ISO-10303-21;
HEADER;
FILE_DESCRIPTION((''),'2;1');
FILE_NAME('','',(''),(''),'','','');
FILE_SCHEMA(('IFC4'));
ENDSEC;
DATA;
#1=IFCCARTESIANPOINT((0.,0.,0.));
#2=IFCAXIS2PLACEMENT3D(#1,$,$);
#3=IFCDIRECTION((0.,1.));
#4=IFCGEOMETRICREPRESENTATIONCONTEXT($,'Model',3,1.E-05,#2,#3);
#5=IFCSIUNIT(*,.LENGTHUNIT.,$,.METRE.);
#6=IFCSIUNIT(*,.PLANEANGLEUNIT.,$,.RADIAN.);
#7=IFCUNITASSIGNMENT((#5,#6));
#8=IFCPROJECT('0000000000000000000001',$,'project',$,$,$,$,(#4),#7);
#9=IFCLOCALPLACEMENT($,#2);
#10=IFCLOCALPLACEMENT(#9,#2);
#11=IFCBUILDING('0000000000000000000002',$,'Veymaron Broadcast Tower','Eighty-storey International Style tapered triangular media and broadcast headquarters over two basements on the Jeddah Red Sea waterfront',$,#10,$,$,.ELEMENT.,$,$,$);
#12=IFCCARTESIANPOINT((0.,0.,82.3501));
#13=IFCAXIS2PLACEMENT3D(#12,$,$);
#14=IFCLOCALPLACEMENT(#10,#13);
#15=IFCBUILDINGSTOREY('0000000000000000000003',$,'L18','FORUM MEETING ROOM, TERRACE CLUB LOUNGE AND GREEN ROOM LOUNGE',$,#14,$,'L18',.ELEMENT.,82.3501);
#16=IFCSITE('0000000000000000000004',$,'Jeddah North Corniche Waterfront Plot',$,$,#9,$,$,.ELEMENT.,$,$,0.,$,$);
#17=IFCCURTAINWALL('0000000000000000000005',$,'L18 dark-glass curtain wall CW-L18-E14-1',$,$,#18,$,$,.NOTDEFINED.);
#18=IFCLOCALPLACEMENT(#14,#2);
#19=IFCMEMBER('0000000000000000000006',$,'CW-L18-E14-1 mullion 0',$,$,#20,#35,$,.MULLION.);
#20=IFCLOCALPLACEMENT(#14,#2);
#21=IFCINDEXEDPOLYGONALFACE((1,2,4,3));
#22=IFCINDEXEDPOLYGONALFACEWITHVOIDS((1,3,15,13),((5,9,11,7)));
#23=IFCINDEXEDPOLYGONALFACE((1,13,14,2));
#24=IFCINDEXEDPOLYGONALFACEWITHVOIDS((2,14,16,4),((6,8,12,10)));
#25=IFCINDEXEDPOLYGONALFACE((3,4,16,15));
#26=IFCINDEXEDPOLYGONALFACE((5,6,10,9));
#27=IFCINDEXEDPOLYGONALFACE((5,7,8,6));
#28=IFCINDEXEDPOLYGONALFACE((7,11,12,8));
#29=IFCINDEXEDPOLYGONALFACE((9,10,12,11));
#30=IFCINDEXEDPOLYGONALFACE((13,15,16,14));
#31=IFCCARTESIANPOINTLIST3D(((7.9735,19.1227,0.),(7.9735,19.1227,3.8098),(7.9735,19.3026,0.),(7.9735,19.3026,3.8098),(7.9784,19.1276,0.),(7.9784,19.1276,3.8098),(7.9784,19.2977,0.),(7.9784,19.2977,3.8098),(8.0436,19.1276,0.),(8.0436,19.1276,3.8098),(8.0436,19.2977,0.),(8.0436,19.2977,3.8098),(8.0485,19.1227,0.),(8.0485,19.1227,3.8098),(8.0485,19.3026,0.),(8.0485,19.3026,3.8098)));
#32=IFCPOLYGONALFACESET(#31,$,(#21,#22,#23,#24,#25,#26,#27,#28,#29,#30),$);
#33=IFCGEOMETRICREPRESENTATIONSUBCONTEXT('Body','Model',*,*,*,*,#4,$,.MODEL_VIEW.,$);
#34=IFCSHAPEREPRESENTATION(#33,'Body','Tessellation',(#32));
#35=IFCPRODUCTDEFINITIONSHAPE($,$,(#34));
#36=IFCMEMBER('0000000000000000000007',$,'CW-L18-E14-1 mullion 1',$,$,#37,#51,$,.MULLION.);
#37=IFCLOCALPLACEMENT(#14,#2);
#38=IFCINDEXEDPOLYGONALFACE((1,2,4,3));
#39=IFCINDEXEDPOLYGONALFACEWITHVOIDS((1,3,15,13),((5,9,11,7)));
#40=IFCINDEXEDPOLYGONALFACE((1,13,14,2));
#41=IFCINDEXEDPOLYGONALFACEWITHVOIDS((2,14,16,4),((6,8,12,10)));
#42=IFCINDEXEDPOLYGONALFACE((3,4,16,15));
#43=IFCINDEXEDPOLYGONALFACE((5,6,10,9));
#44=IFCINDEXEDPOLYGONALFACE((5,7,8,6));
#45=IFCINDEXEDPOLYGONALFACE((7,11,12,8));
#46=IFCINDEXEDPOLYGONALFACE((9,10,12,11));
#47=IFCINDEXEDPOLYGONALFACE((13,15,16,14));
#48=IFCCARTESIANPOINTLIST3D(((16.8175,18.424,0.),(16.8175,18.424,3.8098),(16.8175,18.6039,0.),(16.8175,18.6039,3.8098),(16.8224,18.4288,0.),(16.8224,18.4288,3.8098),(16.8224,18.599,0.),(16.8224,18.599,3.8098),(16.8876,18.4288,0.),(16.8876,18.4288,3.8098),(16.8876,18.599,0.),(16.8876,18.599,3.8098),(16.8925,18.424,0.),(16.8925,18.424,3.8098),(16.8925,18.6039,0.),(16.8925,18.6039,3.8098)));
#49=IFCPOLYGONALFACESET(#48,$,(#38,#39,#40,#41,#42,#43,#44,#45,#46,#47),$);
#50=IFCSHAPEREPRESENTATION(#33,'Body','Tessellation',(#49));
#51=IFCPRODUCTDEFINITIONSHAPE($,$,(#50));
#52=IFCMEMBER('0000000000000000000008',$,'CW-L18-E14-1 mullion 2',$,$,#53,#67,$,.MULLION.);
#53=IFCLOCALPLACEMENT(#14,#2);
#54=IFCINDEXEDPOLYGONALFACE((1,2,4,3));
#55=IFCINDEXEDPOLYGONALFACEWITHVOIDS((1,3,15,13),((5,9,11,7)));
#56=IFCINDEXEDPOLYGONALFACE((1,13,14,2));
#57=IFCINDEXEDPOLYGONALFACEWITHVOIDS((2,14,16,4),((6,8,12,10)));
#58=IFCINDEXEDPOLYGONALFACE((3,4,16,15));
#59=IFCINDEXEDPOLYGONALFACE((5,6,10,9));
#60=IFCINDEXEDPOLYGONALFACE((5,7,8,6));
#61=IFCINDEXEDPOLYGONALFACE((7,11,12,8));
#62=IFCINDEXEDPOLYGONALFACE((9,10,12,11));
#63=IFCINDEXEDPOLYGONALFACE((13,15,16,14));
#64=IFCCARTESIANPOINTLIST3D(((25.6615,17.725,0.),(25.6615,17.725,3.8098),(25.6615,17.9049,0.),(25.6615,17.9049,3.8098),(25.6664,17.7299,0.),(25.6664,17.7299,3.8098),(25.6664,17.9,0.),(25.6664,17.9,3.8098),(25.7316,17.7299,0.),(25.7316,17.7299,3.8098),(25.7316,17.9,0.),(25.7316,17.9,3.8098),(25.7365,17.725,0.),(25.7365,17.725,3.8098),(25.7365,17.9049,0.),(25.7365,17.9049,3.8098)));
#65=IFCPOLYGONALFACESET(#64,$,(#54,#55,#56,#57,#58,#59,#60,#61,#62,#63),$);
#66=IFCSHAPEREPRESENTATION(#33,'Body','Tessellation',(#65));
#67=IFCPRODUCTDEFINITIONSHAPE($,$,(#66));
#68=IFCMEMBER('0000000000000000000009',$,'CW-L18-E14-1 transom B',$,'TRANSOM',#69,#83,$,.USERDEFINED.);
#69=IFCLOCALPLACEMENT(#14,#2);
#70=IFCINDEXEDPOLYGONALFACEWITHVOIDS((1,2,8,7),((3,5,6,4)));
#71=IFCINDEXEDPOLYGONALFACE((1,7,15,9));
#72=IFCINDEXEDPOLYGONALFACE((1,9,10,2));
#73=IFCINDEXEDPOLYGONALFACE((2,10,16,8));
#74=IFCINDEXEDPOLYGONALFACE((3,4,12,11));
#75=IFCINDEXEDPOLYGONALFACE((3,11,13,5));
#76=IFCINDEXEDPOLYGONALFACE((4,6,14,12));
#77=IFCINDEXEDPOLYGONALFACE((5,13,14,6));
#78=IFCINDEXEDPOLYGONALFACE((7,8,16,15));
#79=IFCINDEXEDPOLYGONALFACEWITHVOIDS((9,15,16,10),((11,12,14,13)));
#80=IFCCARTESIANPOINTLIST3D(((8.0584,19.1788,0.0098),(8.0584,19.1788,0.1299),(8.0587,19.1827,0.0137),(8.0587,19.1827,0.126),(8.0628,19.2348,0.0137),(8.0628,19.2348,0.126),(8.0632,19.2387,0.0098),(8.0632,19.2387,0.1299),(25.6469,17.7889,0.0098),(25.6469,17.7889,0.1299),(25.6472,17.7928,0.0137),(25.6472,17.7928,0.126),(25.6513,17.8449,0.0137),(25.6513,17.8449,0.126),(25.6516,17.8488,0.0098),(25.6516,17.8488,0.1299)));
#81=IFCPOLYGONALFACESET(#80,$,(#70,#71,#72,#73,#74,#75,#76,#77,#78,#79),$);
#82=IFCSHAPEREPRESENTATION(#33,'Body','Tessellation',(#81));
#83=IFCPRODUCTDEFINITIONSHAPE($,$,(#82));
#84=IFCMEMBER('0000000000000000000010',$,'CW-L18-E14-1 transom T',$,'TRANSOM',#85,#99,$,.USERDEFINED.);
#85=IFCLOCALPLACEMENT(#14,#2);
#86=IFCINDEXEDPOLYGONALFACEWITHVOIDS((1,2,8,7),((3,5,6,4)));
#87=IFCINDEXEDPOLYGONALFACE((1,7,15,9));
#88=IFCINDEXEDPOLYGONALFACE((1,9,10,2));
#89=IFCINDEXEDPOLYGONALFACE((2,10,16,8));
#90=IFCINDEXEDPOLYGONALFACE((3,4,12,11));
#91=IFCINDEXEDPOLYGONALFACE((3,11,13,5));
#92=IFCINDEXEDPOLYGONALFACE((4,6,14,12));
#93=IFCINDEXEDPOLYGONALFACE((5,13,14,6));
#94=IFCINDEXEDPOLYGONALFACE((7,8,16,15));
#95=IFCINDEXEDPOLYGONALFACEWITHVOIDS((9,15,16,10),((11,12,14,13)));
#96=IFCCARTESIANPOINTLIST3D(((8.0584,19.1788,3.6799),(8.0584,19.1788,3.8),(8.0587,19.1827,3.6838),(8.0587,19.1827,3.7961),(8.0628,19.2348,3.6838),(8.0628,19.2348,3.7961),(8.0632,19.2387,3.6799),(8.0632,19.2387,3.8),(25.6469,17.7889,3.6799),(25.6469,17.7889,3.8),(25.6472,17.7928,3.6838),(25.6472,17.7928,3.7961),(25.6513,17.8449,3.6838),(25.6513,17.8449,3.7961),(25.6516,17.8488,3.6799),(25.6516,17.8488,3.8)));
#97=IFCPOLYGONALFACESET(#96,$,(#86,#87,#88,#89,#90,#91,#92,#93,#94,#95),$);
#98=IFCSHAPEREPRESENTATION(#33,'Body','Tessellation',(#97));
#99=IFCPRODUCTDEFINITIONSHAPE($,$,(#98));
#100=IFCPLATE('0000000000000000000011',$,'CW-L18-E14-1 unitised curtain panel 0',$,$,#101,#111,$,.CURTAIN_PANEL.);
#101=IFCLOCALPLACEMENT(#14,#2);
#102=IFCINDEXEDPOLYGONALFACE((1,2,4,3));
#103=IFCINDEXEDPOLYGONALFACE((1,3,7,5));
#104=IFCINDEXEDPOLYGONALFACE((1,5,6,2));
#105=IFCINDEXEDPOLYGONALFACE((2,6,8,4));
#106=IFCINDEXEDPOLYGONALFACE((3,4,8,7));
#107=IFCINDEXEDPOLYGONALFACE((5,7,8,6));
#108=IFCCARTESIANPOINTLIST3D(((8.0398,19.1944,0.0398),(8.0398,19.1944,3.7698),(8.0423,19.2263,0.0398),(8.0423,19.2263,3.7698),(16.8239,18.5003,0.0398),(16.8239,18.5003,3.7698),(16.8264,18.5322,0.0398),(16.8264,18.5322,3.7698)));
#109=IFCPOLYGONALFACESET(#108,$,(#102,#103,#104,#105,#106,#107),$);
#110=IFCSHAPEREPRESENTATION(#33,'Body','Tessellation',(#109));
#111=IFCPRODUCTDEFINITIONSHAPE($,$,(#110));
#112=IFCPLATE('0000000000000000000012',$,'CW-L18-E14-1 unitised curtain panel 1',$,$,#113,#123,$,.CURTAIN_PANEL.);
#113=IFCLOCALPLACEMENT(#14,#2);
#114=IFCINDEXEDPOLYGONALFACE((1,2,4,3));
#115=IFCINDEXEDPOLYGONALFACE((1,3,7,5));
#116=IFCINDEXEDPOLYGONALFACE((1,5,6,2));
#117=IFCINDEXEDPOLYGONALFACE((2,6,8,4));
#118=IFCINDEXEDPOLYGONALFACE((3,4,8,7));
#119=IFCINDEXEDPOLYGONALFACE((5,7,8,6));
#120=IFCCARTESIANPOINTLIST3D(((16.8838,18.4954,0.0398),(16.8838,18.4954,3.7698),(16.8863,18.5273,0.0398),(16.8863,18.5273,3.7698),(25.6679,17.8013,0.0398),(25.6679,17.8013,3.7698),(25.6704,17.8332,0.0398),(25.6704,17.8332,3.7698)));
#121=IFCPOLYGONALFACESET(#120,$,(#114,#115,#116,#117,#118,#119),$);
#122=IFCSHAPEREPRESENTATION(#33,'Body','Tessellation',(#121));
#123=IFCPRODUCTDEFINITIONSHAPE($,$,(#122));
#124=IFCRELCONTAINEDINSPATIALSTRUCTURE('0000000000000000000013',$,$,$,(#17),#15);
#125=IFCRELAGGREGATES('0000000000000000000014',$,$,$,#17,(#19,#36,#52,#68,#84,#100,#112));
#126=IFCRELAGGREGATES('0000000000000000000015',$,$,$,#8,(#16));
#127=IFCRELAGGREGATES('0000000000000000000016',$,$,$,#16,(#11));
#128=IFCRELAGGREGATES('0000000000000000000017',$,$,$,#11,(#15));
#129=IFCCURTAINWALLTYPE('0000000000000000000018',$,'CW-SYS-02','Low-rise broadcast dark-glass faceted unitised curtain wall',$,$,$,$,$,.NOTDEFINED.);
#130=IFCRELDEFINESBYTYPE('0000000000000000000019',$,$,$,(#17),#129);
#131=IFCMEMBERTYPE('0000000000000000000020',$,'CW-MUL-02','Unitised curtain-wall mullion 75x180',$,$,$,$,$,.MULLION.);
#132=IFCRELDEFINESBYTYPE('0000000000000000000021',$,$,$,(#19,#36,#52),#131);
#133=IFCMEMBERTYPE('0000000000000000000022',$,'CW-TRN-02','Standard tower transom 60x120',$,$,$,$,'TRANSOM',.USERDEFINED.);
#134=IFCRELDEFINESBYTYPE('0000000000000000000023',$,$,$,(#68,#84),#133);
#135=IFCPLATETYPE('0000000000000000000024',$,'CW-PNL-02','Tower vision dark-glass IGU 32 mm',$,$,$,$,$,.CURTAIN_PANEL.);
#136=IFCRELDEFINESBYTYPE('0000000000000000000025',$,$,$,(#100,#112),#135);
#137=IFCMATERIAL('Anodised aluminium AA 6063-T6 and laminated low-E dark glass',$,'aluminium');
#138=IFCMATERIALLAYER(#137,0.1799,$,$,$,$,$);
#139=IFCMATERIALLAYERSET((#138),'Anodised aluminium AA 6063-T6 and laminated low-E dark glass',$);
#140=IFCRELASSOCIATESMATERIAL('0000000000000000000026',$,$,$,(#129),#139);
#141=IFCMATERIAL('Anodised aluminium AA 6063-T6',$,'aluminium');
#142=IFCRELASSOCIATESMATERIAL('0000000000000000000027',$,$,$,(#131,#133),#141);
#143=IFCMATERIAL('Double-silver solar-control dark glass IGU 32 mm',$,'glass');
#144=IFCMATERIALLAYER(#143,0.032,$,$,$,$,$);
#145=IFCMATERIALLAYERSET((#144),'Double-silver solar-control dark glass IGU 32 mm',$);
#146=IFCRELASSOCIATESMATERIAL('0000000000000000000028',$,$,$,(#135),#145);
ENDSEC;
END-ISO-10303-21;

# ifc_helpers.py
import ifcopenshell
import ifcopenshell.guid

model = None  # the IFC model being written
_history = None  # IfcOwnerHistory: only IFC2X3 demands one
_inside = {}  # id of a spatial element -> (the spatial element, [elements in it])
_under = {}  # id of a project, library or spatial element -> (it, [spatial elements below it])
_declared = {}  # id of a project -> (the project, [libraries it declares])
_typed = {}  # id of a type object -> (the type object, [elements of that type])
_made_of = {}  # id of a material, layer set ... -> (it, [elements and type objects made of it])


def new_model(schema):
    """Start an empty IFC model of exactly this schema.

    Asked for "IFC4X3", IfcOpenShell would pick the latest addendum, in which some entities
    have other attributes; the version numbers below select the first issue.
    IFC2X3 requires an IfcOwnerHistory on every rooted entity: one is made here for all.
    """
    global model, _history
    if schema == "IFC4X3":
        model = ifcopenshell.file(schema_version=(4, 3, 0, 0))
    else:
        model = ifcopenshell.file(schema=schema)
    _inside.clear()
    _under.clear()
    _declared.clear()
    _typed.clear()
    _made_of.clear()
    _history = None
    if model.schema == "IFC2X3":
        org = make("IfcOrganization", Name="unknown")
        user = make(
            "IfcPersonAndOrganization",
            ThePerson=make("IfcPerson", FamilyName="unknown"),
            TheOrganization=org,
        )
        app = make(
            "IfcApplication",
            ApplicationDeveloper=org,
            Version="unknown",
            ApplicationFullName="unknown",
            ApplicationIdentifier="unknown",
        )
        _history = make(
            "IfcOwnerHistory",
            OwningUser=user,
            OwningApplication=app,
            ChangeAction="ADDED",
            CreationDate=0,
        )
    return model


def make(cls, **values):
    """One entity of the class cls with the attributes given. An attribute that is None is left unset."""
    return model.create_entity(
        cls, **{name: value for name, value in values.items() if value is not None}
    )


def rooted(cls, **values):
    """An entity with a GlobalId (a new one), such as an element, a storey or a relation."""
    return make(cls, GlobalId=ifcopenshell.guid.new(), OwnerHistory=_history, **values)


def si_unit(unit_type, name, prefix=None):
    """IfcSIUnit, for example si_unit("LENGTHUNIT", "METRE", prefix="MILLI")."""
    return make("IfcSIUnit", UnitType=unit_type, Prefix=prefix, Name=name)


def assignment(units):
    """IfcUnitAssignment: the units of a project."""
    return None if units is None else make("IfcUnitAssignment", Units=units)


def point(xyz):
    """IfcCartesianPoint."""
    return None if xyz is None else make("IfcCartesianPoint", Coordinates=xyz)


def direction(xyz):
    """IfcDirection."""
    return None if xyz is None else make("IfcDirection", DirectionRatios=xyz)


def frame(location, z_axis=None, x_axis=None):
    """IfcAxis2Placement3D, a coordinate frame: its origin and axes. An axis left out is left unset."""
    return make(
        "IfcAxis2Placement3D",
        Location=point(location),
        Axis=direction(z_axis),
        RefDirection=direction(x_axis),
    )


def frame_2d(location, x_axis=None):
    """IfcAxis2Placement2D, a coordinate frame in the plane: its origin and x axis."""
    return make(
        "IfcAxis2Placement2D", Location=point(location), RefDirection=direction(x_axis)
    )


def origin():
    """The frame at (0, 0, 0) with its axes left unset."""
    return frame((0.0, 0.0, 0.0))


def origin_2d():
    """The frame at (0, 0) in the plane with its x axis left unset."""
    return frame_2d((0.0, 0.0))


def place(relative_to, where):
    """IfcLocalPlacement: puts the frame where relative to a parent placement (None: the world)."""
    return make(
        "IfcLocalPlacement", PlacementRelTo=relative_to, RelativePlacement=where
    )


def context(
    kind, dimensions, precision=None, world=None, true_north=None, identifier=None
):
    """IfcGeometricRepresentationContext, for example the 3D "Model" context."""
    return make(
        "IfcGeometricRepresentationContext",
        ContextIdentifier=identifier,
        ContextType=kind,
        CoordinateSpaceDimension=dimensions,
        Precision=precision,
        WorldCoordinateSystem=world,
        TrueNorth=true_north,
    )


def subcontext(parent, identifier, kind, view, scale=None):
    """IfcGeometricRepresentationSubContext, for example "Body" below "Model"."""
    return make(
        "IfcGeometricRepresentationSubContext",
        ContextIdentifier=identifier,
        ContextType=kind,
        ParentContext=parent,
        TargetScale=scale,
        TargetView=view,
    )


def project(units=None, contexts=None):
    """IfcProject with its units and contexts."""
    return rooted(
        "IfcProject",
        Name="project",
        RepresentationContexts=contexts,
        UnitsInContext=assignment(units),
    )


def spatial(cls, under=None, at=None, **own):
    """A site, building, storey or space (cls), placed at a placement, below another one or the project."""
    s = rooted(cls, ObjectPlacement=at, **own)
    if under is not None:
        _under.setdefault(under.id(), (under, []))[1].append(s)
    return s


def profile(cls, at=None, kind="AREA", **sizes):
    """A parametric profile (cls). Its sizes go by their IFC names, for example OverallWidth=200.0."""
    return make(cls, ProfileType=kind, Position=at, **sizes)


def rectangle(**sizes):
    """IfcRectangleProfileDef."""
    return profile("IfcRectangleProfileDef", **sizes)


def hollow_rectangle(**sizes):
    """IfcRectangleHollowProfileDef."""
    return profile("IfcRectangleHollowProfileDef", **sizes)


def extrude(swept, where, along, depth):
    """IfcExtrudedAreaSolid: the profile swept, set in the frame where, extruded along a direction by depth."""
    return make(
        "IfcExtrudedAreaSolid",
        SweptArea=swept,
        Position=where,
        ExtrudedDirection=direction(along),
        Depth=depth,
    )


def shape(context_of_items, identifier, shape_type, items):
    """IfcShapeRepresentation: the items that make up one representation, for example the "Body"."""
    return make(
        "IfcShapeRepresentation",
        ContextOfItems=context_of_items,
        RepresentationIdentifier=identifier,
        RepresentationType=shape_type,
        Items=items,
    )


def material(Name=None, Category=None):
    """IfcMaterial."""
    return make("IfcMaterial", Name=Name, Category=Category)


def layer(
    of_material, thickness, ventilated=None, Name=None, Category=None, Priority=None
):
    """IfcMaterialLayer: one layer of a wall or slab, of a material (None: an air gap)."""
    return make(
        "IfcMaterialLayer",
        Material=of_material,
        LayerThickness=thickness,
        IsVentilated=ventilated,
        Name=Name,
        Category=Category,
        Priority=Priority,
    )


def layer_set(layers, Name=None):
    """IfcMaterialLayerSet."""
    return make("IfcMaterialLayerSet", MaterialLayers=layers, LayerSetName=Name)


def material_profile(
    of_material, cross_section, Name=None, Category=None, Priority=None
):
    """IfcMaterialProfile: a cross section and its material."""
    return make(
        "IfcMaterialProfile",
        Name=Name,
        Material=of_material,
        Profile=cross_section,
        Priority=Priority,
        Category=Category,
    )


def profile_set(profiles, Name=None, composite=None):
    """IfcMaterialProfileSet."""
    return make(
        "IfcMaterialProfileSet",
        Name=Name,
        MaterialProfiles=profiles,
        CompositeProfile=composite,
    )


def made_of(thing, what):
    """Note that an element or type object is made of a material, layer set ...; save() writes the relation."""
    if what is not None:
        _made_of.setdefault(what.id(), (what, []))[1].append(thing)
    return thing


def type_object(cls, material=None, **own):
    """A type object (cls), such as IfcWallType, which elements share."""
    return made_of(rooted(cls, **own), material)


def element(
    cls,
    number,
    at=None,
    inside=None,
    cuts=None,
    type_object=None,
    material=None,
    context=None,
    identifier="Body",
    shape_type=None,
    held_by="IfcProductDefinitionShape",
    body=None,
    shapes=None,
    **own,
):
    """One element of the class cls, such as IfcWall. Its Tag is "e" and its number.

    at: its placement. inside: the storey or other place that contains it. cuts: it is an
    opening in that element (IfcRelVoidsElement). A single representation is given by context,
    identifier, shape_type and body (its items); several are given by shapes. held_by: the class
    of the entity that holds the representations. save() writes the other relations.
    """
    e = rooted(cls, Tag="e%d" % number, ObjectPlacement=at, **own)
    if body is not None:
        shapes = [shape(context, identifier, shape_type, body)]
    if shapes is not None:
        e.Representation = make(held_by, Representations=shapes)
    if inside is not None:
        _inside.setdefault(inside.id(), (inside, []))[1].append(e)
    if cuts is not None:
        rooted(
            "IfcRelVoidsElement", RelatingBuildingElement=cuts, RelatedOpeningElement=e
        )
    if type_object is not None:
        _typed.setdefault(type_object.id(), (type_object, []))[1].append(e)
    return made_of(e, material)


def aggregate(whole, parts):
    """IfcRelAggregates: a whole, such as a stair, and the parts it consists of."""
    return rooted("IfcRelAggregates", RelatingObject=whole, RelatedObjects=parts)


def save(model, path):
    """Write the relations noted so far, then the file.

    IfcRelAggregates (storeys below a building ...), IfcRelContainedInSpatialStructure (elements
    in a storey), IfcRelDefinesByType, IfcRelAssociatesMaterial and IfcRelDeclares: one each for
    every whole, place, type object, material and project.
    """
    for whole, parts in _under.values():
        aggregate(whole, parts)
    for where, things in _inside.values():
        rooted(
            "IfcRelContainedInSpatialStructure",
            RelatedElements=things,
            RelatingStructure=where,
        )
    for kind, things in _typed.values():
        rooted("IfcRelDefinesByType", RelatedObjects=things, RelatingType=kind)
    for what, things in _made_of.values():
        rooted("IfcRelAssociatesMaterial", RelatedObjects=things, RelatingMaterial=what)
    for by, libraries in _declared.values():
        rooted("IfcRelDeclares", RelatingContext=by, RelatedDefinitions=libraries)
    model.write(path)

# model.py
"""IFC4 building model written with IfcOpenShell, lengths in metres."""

from ifc_helpers import new_model, si_unit, direction, frame, origin, origin_2d, place, context, subcontext, project, spatial, rectangle, hollow_rectangle, extrude, material, layer, layer_set, material_profile, profile_set, type_object, element, aggregate, save


model = new_model("IFC4")

# Units and contexts
model_context = context("Model", 3, precision=1e-05, world=origin(), true_north=direction((0.0, 1.0)))
body_context = subcontext(model_context, "Body", "Model", "MODEL_VIEW")
ifc_project = project(units=[si_unit("LENGTHUNIT", "METRE"), si_unit("PLANEANGLEUNIT", "RADIAN")], contexts=[model_context])

# Site, building, storey
site_placement = place(None, origin())
site = spatial("IfcSite", under=ifc_project, at=site_placement, Name="Jeddah North Corniche Waterfront Plot", CompositionType="ELEMENT", RefElevation=0.0)
building_placement = place(site_placement, origin())
building = spatial("IfcBuilding", under=site, at=building_placement, Name="Veymaron Broadcast Tower", Description="Eighty-storey International Style tapered triangular media and broadcast headquarters over two basements on the Jeddah Red Sea waterfront", CompositionType="ELEMENT")
storey_placement = place(building_placement, frame((0.0, 0.0, 82.3501)))
storey = spatial("IfcBuildingStorey", under=building, at=storey_placement, Name="L18", Description="FORUM MEETING ROOM, TERRACE CLUB LOUNGE AND GREEN ROOM LOUNGE", LongName="L18", CompositionType="ELEMENT", Elevation=82.3501)

# Curtain wall, members, plates
ifc_material_1 = material(Name="Anodised aluminium AA 6063-T6 and laminated low-E dark glass", Category="aluminium")
ifc_layer_1 = layer(ifc_material_1, 0.1799)
ifc_layer_set_1 = layer_set([ifc_layer_1], Name="Anodised aluminium AA 6063-T6 and laminated low-E dark glass")
curtain_wall_type = type_object("IfcCurtainWallType", Name="CW-SYS-02", Description="Low-rise broadcast dark-glass faceted unitised curtain wall", PredefinedType="NOTDEFINED", material=ifc_layer_set_1)
curtain_wall_placement = place(storey_placement, origin())
curtain_wall = element("IfcCurtainWall", 1, at=curtain_wall_placement, inside=storey, type_object=curtain_wall_type, Name="L18 dark-glass curtain wall CW-L18-E14-1", PredefinedType="NOTDEFINED")
ifc_material_2 = material(Name="Anodised aluminium AA 6063-T6", Category="aluminium")
ifc_material_profile_1 = material_profile(ifc_material_2, hollow_rectangle(XDim=0.075, YDim=0.1799, WallThickness=0.0049, at=origin_2d()), Name="AL180X75X5")
ifc_profile_set_1 = profile_set([ifc_material_profile_1], Name="Anodised aluminium AA 6063-T6")
member_type_1 = type_object("IfcMemberType", Name="CW-MUL-02", Description="Unitised curtain-wall mullion 75x180", PredefinedType="MULLION", material=ifc_profile_set_1)
member_1_placement = place(storey_placement, frame((8.011, 19.2126, 0.0), z_axis=(0.0, 0.0, 1.0), x_axis=(1.0, 0.0, 0.0)))
member_1 = element("IfcMember", 2, at=member_1_placement, type_object=member_type_1, Name="CW-L18-E14-1 mullion 0", PredefinedType="MULLION", context=body_context, shape_type="SweptSolid", body=[
    extrude(hollow_rectangle(XDim=0.075, YDim=0.1799, WallThickness=0.0049, at=origin_2d()), origin(), (0.0, 0.0, 1.0), 3.8098),
])
member_2_placement = place(storey_placement, frame((16.855, 18.5139, 0.0), z_axis=(0.0, 0.0, 1.0), x_axis=(1.0, 0.0, 0.0)))
member_2 = element("IfcMember", 3, at=member_2_placement, type_object=member_type_1, Name="CW-L18-E14-1 mullion 1", PredefinedType="MULLION", context=body_context, shape_type="SweptSolid", body=[
    extrude(hollow_rectangle(XDim=0.075, YDim=0.1799, WallThickness=0.0049, at=origin_2d()), origin(), (0.0, 0.0, 1.0), 3.8098),
])
member_3_placement = place(storey_placement, frame((25.699, 17.8149, 0.0), z_axis=(0.0, 0.0, 1.0), x_axis=(1.0, 0.0, 0.0)))
member_3 = element("IfcMember", 4, at=member_3_placement, type_object=member_type_1, Name="CW-L18-E14-1 mullion 2", PredefinedType="MULLION", context=body_context, shape_type="SweptSolid", body=[
    extrude(hollow_rectangle(XDim=0.075, YDim=0.1799, WallThickness=0.0049, at=origin_2d()), origin(), (0.0, 0.0, 1.0), 3.8098),
])
ifc_material_profile_2 = material_profile(ifc_material_2, hollow_rectangle(XDim=0.0601, YDim=0.1201, WallThickness=0.0039, at=origin_2d()), Name="AL120X60X4")
ifc_profile_set_2 = profile_set([ifc_material_profile_2], Name="Anodised aluminium AA 6063-T6")
member_type_2 = type_object("IfcMemberType", Name="CW-TRN-02", Description="Standard tower transom 60x120", ElementType="TRANSOM", PredefinedType="USERDEFINED", material=ifc_profile_set_2)
member_4_placement = place(storey_placement, frame((8.0608, 19.2087, 0.0698), z_axis=(0.996892, -0.078778, 0.0), x_axis=(0.078778, 0.996892, 0.0)))
member_4 = element("IfcMember", 5, at=member_4_placement, type_object=member_type_2, Name="CW-L18-E14-1 transom B", ObjectType="TRANSOM", PredefinedType="USERDEFINED", context=body_context, shape_type="SweptSolid", body=[
    extrude(hollow_rectangle(XDim=0.0601, YDim=0.1201, WallThickness=0.0039, at=origin_2d()), origin(), (0.0, 0.0, 1.0), 17.6433),
])
member_5_placement = place(storey_placement, frame((8.0608, 19.2087, 3.74), z_axis=(0.996892, -0.078778, 0.0), x_axis=(0.078778, 0.996892, 0.0)))
member_5 = element("IfcMember", 6, at=member_5_placement, type_object=member_type_2, Name="CW-L18-E14-1 transom T", ObjectType="TRANSOM", PredefinedType="USERDEFINED", context=body_context, shape_type="SweptSolid", body=[
    extrude(hollow_rectangle(XDim=0.0601, YDim=0.1201, WallThickness=0.0039, at=origin_2d()), origin(), (0.0, 0.0, 1.0), 17.6433),
])
ifc_material_3 = material(Name="Double-silver solar-control dark glass IGU 32 mm", Category="glass")
ifc_layer_2 = layer(ifc_material_3, 0.032)
ifc_layer_set_2 = layer_set([ifc_layer_2], Name="Double-silver solar-control dark glass IGU 32 mm")
plate_type = type_object("IfcPlateType", Name="CW-PNL-02", Description="Tower vision dark-glass IGU 32 mm", PredefinedType="CURTAIN_PANEL", material=ifc_layer_set_2)
plate_1_placement = place(storey_placement, frame((12.4331, 18.8633, 0.0398), z_axis=(0.0, 0.0, 1.0), x_axis=(0.996893, -0.078772, 0.0)))
plate_1 = element("IfcPlate", 7, at=plate_1_placement, type_object=plate_type, Name="CW-L18-E14-1 unitised curtain panel 0", PredefinedType="CURTAIN_PANEL", context=body_context, shape_type="SweptSolid", body=[
    extrude(rectangle(XDim=8.8115, YDim=0.032, at=origin_2d()), origin(), (0.0, 0.0, 1.0), 3.73),
])
plate_2_placement = place(storey_placement, frame((21.2771, 18.1643, 0.0398), z_axis=(0.0, 0.0, 1.0), x_axis=(0.996893, -0.078772, 0.0)))
plate_2 = element("IfcPlate", 8, at=plate_2_placement, type_object=plate_type, Name="CW-L18-E14-1 unitised curtain panel 1", PredefinedType="CURTAIN_PANEL", context=body_context, shape_type="SweptSolid", body=[
    extrude(rectangle(XDim=8.8115, YDim=0.032, at=origin_2d()), origin(), (0.0, 0.0, 1.0), 3.73),
])
aggregate(curtain_wall, [member_1, member_2, member_3, member_4, member_5, plate_1, plate_2])

save(model, "model.ifc")
